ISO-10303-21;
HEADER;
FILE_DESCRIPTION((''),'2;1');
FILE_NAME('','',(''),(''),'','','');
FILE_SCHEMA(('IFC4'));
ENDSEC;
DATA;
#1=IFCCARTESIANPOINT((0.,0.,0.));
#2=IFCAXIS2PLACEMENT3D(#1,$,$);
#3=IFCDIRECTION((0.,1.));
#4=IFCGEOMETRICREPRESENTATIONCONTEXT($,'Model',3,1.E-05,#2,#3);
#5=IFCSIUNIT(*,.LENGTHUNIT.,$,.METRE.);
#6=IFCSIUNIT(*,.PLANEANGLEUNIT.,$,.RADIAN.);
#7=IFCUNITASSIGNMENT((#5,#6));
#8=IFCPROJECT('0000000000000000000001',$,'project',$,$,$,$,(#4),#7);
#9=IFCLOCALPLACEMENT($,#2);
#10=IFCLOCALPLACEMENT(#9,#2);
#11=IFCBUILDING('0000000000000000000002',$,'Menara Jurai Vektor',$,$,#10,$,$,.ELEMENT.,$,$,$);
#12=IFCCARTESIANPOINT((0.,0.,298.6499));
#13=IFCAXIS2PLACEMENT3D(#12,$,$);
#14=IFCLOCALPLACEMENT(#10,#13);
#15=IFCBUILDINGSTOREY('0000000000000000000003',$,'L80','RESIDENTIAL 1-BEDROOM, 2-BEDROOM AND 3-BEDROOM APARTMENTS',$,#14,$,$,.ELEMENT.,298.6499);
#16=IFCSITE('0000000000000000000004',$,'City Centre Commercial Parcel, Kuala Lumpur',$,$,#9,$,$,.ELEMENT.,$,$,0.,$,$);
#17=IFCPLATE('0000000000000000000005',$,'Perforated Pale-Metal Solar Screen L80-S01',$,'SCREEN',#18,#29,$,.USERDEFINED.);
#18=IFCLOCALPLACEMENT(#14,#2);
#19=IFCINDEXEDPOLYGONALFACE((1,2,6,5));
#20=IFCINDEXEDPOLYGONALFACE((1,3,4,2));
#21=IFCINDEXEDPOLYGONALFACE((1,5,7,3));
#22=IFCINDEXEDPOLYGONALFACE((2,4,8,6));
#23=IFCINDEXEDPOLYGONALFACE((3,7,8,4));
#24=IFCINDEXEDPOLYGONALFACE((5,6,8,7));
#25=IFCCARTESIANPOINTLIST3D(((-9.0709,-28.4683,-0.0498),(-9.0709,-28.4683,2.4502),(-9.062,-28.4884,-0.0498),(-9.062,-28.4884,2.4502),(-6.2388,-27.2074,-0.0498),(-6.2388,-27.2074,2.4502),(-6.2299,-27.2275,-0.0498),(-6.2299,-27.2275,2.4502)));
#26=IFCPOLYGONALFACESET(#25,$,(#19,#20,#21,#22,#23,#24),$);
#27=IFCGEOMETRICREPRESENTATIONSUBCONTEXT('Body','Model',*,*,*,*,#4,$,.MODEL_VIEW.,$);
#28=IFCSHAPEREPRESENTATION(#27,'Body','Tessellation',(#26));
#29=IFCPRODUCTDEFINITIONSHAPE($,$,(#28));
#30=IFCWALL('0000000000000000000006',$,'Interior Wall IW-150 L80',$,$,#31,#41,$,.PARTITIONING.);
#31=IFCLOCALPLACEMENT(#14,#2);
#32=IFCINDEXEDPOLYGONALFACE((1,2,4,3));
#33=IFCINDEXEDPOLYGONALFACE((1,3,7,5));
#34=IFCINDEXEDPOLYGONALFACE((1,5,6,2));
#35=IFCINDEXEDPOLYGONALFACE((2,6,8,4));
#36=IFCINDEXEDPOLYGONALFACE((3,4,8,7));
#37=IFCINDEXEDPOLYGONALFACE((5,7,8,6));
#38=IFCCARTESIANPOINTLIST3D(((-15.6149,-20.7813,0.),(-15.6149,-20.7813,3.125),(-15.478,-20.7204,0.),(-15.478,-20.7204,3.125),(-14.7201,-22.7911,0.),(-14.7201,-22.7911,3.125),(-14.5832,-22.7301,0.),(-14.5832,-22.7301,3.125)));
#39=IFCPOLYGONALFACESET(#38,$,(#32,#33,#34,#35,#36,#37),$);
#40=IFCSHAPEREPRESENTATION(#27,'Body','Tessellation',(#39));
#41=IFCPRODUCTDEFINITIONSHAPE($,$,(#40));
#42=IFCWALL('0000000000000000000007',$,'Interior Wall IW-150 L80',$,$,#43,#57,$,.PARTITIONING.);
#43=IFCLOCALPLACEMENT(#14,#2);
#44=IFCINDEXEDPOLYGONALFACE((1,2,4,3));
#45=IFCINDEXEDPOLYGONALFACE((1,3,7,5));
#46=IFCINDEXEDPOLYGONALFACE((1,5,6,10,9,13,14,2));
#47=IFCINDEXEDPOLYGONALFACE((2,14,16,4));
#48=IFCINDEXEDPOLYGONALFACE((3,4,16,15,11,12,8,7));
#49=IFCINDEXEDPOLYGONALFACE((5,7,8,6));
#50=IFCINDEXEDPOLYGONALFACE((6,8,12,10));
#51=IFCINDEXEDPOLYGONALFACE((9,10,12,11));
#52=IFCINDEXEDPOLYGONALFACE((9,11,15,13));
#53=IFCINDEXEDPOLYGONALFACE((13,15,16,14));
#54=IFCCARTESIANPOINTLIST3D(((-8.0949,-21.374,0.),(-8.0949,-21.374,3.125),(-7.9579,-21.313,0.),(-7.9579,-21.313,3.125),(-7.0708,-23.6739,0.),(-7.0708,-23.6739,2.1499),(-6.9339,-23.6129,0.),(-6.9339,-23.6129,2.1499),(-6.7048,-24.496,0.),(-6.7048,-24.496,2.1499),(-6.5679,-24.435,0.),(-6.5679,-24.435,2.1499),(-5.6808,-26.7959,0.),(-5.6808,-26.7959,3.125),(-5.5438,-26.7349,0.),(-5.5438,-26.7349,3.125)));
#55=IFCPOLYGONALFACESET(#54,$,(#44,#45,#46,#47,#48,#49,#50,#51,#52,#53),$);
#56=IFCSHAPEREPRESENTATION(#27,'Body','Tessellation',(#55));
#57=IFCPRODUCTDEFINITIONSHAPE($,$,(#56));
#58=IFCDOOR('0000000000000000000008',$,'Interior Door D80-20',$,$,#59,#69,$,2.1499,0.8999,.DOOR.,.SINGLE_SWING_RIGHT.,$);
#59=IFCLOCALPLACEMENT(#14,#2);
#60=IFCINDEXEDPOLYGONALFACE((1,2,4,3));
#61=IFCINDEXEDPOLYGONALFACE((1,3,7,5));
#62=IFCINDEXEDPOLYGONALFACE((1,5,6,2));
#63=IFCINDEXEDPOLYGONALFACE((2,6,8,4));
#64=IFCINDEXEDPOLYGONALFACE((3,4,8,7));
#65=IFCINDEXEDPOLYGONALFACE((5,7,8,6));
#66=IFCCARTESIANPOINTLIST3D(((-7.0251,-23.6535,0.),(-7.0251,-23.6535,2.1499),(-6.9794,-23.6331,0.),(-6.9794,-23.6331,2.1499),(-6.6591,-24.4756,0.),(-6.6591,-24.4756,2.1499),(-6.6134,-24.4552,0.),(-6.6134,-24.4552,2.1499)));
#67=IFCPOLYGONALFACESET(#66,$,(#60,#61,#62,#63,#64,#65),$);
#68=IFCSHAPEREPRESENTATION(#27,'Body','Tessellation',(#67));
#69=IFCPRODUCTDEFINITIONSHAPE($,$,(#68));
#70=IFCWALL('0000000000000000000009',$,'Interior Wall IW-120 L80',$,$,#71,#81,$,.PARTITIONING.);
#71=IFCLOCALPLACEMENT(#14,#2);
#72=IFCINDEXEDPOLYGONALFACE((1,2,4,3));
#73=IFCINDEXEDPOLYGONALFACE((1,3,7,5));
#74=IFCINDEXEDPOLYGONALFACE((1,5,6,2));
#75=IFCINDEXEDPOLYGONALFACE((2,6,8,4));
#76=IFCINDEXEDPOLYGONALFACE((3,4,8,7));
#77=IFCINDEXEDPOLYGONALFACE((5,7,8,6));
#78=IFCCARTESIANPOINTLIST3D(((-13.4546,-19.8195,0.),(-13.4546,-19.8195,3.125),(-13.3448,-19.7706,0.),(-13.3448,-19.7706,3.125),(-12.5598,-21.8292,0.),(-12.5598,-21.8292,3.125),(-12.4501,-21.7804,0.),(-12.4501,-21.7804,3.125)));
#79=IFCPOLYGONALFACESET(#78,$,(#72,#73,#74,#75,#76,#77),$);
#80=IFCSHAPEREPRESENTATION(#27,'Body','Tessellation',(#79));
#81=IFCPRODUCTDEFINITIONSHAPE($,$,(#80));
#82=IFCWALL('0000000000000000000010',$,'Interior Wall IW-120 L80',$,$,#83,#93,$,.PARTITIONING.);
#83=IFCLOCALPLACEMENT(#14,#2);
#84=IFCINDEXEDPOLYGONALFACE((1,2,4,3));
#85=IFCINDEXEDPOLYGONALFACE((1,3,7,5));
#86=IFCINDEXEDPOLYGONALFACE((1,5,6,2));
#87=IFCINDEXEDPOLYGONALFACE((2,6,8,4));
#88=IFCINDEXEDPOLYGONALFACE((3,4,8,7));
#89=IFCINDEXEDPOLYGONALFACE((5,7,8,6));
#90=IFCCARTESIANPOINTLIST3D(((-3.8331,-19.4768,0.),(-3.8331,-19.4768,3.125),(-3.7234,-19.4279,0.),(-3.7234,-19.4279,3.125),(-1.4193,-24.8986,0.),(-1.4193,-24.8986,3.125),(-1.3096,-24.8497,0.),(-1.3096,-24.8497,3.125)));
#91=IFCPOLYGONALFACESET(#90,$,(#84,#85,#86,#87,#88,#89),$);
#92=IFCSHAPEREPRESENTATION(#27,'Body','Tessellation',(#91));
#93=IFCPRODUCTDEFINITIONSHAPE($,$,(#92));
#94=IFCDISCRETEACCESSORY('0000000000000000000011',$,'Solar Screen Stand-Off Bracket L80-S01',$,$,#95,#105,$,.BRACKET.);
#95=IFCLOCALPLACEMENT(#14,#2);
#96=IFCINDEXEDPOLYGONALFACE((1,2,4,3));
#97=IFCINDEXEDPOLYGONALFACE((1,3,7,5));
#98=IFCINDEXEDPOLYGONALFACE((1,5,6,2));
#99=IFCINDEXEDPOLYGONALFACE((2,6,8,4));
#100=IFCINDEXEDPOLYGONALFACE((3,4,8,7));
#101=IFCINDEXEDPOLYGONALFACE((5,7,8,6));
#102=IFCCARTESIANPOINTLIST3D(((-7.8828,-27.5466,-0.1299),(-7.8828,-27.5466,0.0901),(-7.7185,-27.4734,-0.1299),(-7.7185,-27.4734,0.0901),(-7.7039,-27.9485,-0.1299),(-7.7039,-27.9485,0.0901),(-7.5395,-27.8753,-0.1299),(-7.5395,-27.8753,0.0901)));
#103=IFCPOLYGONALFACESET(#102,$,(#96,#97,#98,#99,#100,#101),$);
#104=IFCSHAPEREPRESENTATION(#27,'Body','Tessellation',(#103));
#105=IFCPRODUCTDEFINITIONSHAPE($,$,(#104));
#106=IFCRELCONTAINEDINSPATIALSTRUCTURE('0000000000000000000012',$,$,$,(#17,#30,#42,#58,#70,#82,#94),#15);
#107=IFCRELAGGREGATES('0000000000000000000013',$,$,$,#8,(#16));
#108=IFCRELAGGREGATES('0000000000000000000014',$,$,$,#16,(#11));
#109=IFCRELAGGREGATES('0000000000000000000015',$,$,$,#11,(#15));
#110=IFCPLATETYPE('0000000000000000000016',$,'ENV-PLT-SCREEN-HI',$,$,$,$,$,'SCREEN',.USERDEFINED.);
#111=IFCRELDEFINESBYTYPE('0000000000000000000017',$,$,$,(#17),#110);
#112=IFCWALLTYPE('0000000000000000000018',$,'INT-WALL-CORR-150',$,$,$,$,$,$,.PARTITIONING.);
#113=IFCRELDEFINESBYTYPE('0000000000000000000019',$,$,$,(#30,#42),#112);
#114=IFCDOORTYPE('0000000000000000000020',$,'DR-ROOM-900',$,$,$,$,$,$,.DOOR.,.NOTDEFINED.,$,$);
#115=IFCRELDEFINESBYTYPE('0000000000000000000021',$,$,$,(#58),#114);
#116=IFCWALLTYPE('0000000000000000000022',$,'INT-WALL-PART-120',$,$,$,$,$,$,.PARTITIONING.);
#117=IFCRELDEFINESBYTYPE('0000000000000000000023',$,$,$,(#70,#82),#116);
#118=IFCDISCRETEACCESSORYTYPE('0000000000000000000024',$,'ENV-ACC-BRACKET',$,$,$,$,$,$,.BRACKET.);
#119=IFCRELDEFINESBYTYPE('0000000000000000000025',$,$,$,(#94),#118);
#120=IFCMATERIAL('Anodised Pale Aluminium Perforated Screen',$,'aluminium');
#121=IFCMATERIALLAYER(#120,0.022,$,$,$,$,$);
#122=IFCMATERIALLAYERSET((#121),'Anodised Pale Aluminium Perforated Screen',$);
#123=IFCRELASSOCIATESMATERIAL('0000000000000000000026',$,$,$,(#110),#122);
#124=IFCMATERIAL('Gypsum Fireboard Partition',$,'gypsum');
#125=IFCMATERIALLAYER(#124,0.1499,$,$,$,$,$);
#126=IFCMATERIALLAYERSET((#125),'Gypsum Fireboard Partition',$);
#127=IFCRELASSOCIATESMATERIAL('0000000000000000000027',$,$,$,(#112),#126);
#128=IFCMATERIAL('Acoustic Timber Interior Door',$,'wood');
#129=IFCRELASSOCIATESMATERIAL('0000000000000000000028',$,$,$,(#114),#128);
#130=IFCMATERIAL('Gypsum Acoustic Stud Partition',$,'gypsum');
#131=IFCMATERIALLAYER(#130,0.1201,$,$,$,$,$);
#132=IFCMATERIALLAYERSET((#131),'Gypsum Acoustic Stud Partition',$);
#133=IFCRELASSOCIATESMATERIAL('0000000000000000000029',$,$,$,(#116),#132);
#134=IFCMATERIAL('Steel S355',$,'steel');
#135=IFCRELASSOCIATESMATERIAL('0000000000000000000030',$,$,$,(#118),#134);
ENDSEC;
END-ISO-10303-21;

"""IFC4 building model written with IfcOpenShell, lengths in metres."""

from ifc_helpers import new_model, si_unit, direction, frame, frame_2d, origin, origin_2d, place, context, subcontext, project, spatial, rectangle, extrude, material, layer, layer_set, type_object, element, fill, save


model = new_model("IFC4")

# Units and contexts
model_context = context("Model", 3, precision=1e-05, world=origin(), true_north=direction((0.0, 1.0)))
body_context = subcontext(model_context, "Body", "Model", "MODEL_VIEW")
ifc_project = project(units=[si_unit("LENGTHUNIT", "METRE"), si_unit("PLANEANGLEUNIT", "RADIAN")], contexts=[model_context])

# Site, building, storey
site_placement = place(None, origin())
site = spatial("IfcSite", under=ifc_project, at=site_placement, Name="City Centre Commercial Parcel, Kuala Lumpur", CompositionType="ELEMENT", RefElevation=0.0)
building_placement = place(site_placement, origin())
building = spatial("IfcBuilding", under=site, at=building_placement, Name="Menara Jurai Vektor", CompositionType="ELEMENT")
storey_placement = place(building_placement, frame((0.0, 0.0, 298.6499)))
storey = spatial("IfcBuildingStorey", under=building, at=storey_placement, Name="L80", Description="RESIDENTIAL 1-BEDROOM, 2-BEDROOM AND 3-BEDROOM APARTMENTS", CompositionType="ELEMENT", Elevation=298.6499)

# Shared definitions
ifc_material_1 = material(Name="Steel S355", Category="steel")

# Plate
ifc_material_2 = material(Name="Anodised Pale Aluminium Perforated Screen", Category="aluminium")
ifc_layer_1 = layer(ifc_material_2, 0.022)
ifc_layer_set_1 = layer_set([ifc_layer_1], Name="Anodised Pale Aluminium Perforated Screen")
plate_type_1 = type_object("IfcPlateType", Name="ENV-PLT-SCREEN-HI", ElementType="SCREEN", PredefinedType="USERDEFINED", material=ifc_layer_set_1)
plate_1_placement = place(storey_placement, frame((-7.6504, -27.8479, -0.0498), z_axis=(0.0, 0.0, 1.0), x_axis=(0.913545, 0.406737, 0.0)))
element("IfcPlate", 1, at=plate_1_placement, inside=storey, type_object=plate_type_1, Name="Perforated Pale-Metal Solar Screen L80-S01", ObjectType="SCREEN", PredefinedType="USERDEFINED", context=body_context, shape_type="SweptSolid", body=[
    extrude(rectangle(XDim=3.1001, YDim=0.022, at=origin_2d()), origin(), (0.0, 0.0, 1.0), 2.5),
])

# Wall
ifc_material_3 = material(Name="Gypsum Fireboard Partition", Category="gypsum")
ifc_layer_2 = layer(ifc_material_3, 0.1499)
ifc_layer_set_2 = layer_set([ifc_layer_2], Name="Gypsum Fireboard Partition")
wall_type_1 = type_object("IfcWallType", Name="INT-WALL-CORR-150", PredefinedType="PARTITIONING", material=ifc_layer_set_2)
wall_1_placement = place(storey_placement, frame((-14.6516, -22.7607, 0.0), z_axis=(0.0, 0.0, 1.0), x_axis=(-0.406725, 0.913551, 0.0)))
element("IfcWall", 2, at=wall_1_placement, inside=storey, type_object=wall_type_1, Name="Interior Wall IW-150 L80", PredefinedType="PARTITIONING", context=body_context, shape_type="SweptSolid", body=[
    extrude(rectangle(XDim=2.2, YDim=0.1499, at=frame_2d((1.1001, 0.0))), origin(), (0.0, 0.0, 1.0), 3.125),
])

# Wall, opening, door
ifc_material_4 = material(Name="Acoustic Timber Interior Door", Category="wood")
door_type_1 = type_object("IfcDoorType", Name="DR-ROOM-900", OperationType="NOTDEFINED", PredefinedType="DOOR", material=ifc_material_4)
wall_2_placement = place(storey_placement, frame((-5.6123, -26.7654, 0.0), z_axis=(0.0, 0.0, 1.0), x_axis=(-0.406749, 0.91354, 0.0)))
wall_2 = element("IfcWall", 3, at=wall_2_placement, inside=storey, type_object=wall_type_1, Name="Interior Wall IW-150 L80", PredefinedType="PARTITIONING", context=body_context, shape_type="SweptSolid", body=[
    extrude(rectangle(XDim=5.9351, YDim=0.1499, at=frame_2d((2.9675, 0.0))), origin(), (0.0, 0.0, 1.0), 3.125),
])
opening_1_placement = place(wall_2_placement, frame((2.5176, 0.0, 0.0)))
opening_1 = element("IfcOpeningElement", 4, at=opening_1_placement, cuts=wall_2, PredefinedType="OPENING", context=body_context, shape_type="SweptSolid", body=[
    extrude(rectangle(XDim=0.8999, YDim=2.1499, at=frame_2d((0.45, 1.075))), frame((0.0, 0.085, 0.0), z_axis=(0.0, -1.0, 0.0), x_axis=(1.0, 0.0, 0.0)), (0.0, 0.0, 1.0), 0.1699),
])
door_1_placement = place(opening_1_placement, origin())
door_1 = element("IfcDoor", 5, at=door_1_placement, inside=storey, type_object=door_type_1, Name="Interior Door D80-20", OperationType="SINGLE_SWING_RIGHT", OverallHeight=2.1499, OverallWidth=0.8999, PredefinedType="DOOR", context=body_context, shape_type="SweptSolid", body=[
    extrude(rectangle(XDim=0.8999, YDim=2.1499, at=frame_2d((0.45, 1.075))), frame((0.0, 0.0249, 0.0), z_axis=(0.0, -1.0, 0.0), x_axis=(1.0, 0.0, 0.0)), (0.0, 0.0, 1.0), 0.05),
])
fill(opening_1, door_1)

# Walls
ifc_material_5 = material(Name="Gypsum Acoustic Stud Partition", Category="gypsum")
ifc_layer_3 = layer(ifc_material_5, 0.1201)
ifc_layer_set_3 = layer_set([ifc_layer_3], Name="Gypsum Acoustic Stud Partition")
wall_type_2 = type_object("IfcWallType", Name="INT-WALL-PART-120", PredefinedType="PARTITIONING", material=ifc_layer_set_3)
wall_3_placement = place(storey_placement, frame((-12.5049, -21.8049, 0.0), z_axis=(0.0, 0.0, 1.0), x_axis=(-0.406725, 0.913551, 0.0)))
element("IfcWall", 6, at=wall_3_placement, inside=storey, type_object=wall_type_2, Name="Interior Wall IW-120 L80", PredefinedType="PARTITIONING", context=body_context, shape_type="SweptSolid", body=[
    extrude(rectangle(XDim=2.2, YDim=0.1201, at=frame_2d((1.1001, 0.0))), origin(), (0.0, 0.0, 1.0), 3.125),
])
wall_4_placement = place(storey_placement, frame((-1.3645, -24.874, 0.0), z_axis=(0.0, 0.0, 1.0), x_axis=(-0.406715, 0.913555, 0.0)))
element("IfcWall", 7, at=wall_4_placement, inside=storey, type_object=wall_type_2, Name="Interior Wall IW-120 L80", PredefinedType="PARTITIONING", context=body_context, shape_type="SweptSolid", body=[
    extrude(rectangle(XDim=5.9348, YDim=0.1201, at=frame_2d((2.9673, 0.0))), origin(), (0.0, 0.0, 1.0), 3.125),
])

# Discrete accessory
discrete_accessory_type = type_object("IfcDiscreteAccessoryType", Name="ENV-ACC-BRACKET", PredefinedType="BRACKET", material=ifc_material_1)
discrete_accessory_placement = place(storey_placement, frame((-7.7112, -27.7109, -0.1299), z_axis=(0.0, 0.0, 1.0), x_axis=(0.913545, 0.406737, 0.0)))
element("IfcDiscreteAccessory", 8, at=discrete_accessory_placement, inside=storey, type_object=discrete_accessory_type, Name="Solar Screen Stand-Off Bracket L80-S01", PredefinedType="BRACKET", context=body_context, shape_type="SweptSolid", body=[
    extrude(rectangle(XDim=0.1799, YDim=0.4399, at=origin_2d()), origin(), (0.0, 0.0, 1.0), 0.22),
])

save(model, "model.ifc")
